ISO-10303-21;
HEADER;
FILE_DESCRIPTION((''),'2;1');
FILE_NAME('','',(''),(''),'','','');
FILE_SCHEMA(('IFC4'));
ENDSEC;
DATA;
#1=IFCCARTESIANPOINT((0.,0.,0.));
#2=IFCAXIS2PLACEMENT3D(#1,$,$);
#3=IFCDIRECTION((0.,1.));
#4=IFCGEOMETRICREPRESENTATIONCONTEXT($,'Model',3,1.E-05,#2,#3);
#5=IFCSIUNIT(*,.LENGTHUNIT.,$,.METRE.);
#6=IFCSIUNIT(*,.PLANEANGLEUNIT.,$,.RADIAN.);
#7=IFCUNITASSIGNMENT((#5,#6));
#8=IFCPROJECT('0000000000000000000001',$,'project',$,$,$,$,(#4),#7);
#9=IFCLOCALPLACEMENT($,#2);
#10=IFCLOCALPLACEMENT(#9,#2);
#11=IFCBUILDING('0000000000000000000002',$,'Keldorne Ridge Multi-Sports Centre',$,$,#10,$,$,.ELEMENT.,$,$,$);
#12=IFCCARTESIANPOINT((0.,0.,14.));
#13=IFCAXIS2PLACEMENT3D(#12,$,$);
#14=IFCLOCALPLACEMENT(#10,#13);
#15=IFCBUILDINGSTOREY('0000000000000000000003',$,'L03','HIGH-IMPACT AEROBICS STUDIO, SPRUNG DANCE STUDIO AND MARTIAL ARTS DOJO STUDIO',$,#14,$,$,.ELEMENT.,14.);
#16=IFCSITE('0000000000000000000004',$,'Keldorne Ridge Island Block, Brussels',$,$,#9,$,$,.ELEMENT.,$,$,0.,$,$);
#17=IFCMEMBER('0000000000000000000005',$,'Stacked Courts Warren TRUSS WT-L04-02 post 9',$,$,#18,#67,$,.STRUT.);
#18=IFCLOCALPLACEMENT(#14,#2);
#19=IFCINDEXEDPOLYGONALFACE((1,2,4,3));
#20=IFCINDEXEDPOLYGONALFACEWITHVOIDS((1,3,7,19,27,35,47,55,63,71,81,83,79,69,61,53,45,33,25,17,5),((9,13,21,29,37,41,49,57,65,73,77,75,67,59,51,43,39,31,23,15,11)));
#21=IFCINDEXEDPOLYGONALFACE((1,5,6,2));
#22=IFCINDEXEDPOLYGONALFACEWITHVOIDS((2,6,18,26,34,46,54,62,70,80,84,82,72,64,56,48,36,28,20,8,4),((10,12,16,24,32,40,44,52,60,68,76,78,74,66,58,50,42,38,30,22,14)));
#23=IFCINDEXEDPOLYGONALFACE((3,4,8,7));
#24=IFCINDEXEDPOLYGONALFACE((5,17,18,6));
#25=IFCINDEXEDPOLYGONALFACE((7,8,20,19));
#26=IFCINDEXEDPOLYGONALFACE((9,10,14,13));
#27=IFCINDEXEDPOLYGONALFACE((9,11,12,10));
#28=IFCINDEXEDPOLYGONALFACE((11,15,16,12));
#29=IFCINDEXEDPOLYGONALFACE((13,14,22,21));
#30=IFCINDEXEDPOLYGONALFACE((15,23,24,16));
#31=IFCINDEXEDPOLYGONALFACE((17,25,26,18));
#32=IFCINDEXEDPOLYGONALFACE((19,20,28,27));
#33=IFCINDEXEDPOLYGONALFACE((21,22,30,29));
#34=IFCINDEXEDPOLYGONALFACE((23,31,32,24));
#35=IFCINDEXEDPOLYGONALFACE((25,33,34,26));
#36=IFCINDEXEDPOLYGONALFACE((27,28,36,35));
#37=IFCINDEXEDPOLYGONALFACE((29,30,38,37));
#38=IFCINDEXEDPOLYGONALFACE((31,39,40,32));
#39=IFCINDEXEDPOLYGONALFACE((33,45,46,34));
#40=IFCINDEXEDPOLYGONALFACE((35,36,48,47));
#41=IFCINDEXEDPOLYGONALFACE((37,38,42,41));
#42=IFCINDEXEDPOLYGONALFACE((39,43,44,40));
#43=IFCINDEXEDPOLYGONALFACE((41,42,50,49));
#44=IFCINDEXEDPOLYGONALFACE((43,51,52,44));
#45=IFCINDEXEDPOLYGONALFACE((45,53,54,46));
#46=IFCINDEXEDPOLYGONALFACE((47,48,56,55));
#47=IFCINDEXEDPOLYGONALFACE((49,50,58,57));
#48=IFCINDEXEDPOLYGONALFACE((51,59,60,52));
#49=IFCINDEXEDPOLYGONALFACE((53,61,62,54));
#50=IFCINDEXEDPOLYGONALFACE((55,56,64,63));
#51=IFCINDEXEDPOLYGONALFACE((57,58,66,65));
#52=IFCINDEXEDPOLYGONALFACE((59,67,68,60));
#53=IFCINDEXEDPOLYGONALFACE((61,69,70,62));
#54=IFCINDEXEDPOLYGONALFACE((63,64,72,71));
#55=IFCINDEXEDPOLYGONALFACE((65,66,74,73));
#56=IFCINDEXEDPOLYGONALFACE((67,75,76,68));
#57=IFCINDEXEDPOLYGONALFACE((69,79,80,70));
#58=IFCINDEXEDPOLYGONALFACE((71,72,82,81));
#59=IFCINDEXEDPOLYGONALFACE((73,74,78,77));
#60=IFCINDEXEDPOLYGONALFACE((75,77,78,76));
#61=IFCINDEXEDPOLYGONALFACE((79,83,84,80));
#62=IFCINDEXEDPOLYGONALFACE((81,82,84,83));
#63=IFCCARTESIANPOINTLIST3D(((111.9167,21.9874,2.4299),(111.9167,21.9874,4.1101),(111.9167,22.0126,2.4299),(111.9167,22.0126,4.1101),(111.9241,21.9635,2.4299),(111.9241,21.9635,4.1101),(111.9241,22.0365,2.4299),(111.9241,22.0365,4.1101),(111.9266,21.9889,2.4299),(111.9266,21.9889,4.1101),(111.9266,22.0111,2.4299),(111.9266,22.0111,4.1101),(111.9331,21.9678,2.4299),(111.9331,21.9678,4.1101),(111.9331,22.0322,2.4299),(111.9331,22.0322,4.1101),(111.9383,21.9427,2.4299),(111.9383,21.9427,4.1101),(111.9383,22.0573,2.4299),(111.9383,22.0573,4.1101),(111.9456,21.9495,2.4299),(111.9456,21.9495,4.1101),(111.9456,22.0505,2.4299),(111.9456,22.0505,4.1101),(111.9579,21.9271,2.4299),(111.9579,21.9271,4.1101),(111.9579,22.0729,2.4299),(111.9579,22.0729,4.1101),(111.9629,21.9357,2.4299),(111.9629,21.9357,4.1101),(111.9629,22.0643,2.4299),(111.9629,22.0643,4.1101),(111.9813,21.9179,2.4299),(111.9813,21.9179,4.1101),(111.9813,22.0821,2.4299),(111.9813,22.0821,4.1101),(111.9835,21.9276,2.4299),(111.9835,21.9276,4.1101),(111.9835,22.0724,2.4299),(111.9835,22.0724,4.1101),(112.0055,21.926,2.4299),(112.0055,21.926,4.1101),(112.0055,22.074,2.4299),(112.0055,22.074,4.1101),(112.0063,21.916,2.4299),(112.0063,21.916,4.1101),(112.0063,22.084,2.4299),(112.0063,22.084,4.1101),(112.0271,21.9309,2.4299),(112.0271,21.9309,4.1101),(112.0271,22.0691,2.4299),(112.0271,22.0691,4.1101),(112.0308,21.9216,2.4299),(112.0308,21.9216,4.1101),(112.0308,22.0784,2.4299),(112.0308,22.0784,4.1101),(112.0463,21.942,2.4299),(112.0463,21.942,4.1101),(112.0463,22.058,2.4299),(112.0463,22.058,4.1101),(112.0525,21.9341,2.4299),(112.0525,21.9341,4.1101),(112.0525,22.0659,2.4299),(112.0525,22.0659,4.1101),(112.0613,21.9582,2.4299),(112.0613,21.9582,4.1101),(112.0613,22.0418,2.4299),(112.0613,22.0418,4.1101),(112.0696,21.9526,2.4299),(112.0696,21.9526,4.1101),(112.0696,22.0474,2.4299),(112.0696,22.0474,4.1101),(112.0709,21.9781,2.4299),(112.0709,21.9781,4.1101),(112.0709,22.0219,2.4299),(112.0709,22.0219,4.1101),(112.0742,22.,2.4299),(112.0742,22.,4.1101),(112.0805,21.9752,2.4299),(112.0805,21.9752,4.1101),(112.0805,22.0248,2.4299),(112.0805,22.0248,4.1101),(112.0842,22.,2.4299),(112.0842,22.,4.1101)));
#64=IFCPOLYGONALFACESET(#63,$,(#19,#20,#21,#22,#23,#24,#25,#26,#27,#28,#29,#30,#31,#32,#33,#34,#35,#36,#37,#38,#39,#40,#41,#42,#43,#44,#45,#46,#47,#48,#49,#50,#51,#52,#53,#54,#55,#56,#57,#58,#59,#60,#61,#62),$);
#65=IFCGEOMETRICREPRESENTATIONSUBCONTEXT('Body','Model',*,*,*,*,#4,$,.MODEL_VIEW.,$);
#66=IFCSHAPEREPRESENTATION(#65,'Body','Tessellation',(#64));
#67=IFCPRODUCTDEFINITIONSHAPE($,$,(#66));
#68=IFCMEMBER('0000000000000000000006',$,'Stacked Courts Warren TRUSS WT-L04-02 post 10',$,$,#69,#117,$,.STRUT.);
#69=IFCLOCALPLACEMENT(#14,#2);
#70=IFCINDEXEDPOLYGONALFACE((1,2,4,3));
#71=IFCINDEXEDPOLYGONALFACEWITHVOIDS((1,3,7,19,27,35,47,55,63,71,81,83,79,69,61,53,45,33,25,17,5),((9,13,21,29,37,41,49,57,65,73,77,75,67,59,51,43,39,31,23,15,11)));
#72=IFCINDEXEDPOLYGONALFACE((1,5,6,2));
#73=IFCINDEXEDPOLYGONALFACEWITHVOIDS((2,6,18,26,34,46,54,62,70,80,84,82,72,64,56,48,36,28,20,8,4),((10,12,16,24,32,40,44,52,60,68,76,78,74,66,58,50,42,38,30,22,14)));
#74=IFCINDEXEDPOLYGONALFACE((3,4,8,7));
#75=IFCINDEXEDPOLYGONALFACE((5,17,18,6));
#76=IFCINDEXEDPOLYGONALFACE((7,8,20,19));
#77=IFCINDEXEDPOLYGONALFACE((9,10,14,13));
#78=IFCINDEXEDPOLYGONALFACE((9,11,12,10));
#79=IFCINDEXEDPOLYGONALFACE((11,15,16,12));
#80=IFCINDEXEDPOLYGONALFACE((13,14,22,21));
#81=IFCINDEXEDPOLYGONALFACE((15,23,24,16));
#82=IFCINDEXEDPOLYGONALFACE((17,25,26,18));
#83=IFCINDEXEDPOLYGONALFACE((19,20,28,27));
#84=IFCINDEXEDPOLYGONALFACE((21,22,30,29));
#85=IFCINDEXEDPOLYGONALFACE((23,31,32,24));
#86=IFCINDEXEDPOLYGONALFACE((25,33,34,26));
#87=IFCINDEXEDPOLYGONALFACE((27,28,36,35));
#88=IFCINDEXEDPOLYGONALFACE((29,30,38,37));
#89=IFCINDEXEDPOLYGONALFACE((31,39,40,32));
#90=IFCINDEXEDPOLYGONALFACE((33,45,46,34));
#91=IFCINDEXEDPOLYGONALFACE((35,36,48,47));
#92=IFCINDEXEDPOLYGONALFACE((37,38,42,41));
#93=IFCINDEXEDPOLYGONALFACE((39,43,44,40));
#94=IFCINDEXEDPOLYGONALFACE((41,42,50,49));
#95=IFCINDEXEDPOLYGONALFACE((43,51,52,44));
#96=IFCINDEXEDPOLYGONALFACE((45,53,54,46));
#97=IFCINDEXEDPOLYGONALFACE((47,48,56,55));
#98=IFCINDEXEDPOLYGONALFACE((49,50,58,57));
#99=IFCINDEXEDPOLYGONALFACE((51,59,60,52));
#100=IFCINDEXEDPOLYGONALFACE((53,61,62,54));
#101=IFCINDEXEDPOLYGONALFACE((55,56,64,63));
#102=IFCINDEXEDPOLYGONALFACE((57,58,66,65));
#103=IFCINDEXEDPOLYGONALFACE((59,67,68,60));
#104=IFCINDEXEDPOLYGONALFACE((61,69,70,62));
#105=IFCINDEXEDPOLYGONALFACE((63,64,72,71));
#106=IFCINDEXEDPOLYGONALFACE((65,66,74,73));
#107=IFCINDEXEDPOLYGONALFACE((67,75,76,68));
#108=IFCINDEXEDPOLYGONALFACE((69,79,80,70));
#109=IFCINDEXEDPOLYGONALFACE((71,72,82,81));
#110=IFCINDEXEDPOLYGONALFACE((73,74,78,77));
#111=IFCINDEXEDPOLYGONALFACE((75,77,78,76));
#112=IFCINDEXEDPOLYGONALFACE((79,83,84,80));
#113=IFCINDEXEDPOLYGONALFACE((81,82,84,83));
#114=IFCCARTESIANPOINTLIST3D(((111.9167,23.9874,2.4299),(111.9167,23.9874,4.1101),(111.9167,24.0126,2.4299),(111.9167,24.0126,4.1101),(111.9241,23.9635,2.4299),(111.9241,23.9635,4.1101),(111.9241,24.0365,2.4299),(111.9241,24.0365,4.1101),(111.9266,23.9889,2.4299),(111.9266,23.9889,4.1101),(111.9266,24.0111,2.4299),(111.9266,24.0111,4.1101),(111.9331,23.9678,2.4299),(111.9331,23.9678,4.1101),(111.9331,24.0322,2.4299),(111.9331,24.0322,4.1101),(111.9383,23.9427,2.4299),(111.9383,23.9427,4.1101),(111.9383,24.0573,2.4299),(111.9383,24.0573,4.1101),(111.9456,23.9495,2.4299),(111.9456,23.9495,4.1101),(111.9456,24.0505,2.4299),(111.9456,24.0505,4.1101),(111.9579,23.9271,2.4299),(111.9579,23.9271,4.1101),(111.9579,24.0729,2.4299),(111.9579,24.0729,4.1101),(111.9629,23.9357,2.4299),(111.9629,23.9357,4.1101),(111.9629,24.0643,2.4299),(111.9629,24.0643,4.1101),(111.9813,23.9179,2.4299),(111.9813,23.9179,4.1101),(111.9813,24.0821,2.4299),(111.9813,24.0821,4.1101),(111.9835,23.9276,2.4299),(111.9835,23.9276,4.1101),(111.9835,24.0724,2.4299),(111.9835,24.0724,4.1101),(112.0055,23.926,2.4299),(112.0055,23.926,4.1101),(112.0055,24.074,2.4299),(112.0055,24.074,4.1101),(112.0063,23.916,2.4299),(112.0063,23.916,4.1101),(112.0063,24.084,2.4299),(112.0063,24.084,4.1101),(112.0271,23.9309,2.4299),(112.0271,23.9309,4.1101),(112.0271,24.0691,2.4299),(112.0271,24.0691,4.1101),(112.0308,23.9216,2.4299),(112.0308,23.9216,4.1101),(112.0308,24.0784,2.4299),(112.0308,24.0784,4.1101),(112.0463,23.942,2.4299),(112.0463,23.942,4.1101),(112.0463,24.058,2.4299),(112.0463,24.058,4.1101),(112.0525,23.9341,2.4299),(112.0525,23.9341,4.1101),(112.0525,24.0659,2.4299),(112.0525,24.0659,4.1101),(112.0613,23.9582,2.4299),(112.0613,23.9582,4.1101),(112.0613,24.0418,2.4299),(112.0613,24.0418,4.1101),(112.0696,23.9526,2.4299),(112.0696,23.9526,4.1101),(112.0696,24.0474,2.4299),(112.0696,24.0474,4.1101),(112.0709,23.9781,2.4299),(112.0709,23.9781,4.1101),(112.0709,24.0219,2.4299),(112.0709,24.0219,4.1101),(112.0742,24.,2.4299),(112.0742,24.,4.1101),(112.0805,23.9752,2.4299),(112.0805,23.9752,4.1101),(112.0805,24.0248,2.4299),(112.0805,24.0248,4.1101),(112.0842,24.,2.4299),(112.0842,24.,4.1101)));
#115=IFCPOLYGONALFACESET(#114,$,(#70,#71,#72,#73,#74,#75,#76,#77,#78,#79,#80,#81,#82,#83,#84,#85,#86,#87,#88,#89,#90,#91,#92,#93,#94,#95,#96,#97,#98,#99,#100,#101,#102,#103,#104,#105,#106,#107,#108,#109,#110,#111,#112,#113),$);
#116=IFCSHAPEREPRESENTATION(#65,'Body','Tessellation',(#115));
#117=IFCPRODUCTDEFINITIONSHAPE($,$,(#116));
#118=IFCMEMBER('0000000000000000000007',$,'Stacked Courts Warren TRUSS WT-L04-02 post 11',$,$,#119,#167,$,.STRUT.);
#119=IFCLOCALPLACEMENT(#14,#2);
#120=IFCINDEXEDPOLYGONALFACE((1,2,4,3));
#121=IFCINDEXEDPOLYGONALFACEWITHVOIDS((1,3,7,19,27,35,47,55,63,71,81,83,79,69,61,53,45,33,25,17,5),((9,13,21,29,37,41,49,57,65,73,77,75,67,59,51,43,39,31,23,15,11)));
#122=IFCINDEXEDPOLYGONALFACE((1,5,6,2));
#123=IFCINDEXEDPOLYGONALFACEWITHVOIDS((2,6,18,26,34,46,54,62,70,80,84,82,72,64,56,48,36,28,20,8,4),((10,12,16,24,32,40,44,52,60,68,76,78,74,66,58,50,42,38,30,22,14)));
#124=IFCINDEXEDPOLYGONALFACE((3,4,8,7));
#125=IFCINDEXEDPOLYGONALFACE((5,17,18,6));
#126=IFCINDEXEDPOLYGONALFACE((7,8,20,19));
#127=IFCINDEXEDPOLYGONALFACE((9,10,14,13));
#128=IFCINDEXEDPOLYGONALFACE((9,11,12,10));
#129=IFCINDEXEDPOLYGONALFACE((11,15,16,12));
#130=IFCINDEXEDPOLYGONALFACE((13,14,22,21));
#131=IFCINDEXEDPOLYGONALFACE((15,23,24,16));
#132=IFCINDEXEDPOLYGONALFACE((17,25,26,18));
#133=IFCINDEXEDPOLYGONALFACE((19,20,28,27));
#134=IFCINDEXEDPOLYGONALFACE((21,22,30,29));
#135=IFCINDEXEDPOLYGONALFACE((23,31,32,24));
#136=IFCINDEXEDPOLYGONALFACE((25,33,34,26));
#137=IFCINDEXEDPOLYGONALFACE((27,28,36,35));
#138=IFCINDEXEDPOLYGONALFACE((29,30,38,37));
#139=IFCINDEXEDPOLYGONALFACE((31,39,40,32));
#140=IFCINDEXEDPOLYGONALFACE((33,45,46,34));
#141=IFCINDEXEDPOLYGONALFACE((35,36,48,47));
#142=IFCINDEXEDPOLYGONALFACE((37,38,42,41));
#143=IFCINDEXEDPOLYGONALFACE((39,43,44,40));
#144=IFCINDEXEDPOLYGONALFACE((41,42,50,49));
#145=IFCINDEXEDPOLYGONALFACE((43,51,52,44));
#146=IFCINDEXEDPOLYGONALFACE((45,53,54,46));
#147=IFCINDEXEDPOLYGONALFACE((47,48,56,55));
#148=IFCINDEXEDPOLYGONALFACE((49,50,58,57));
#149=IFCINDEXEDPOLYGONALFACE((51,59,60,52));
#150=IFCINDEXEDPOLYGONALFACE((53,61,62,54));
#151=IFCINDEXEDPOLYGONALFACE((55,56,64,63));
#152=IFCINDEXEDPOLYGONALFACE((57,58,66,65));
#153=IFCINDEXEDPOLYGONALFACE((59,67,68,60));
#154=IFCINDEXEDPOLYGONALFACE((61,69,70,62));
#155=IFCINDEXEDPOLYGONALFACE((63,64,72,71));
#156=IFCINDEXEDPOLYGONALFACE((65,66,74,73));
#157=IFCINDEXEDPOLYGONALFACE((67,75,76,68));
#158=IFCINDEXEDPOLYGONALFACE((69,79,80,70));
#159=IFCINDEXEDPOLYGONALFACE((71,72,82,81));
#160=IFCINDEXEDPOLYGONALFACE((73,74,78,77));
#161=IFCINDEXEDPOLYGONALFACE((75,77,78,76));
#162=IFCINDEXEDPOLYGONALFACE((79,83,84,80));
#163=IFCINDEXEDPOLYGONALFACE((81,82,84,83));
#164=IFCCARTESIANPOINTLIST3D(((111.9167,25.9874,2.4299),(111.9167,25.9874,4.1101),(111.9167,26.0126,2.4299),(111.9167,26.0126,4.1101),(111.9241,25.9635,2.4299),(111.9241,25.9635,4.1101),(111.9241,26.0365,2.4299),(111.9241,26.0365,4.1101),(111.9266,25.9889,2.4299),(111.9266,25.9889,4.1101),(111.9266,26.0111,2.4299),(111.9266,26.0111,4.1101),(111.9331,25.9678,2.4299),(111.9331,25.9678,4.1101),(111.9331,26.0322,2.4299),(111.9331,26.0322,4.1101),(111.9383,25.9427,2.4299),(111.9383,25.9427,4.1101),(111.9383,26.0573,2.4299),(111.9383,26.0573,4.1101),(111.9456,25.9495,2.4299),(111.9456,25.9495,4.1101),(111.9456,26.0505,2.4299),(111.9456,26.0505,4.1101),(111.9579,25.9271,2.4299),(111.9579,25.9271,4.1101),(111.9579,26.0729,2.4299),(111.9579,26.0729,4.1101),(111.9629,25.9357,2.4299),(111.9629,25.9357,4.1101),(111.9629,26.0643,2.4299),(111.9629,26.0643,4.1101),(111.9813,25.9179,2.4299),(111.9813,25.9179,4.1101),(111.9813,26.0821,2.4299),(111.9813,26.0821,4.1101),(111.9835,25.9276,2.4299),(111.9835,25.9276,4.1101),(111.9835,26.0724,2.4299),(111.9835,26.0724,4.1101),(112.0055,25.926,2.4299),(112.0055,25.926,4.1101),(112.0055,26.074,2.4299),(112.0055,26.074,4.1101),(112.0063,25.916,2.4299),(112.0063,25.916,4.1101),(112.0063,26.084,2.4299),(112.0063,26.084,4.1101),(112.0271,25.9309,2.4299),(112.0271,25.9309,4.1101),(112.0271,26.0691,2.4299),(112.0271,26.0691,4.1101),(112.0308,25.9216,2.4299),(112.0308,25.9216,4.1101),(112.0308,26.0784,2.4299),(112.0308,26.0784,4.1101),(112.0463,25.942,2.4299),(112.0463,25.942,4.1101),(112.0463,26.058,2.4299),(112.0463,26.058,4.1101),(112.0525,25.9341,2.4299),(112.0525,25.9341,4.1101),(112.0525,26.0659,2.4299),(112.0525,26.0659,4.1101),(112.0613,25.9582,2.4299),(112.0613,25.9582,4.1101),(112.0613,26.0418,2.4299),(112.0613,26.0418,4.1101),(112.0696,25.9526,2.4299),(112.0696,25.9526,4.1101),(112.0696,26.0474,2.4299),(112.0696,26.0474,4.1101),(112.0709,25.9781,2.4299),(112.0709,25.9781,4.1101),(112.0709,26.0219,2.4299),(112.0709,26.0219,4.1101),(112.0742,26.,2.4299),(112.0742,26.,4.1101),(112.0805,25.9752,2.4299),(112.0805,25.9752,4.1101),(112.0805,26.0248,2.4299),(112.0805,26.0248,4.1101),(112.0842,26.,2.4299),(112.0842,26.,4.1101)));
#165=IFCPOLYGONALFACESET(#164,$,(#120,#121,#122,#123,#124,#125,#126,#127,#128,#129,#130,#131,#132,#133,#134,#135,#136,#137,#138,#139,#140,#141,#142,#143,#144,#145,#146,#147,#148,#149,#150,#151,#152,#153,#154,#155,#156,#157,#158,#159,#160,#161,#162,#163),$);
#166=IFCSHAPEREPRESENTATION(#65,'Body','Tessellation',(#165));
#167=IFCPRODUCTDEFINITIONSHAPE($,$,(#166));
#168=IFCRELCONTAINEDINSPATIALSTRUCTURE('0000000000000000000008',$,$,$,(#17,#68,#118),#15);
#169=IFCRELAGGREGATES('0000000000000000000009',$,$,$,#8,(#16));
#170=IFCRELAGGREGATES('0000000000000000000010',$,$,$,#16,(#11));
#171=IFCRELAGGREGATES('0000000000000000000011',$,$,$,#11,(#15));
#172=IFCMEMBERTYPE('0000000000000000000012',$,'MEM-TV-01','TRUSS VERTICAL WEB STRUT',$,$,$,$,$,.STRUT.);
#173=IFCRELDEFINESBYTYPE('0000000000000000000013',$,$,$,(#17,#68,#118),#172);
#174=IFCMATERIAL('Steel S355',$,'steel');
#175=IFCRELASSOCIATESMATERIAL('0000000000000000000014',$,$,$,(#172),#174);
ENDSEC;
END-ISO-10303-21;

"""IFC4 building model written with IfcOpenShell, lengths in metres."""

from ifc_helpers import new_model, si_unit, direction, frame, origin, origin_2d, place, context, subcontext, project, spatial, hollow_circle, extrude, material, material_profile, profile_set, type_object, element, save


model = new_model("IFC4")

# Units and contexts
model_context = context("Model", 3, precision=1e-05, world=origin(), true_north=direction((0.0, 1.0)))
body_context = subcontext(model_context, "Body", "Model", "MODEL_VIEW")
ifc_project = project(units=[si_unit("LENGTHUNIT", "METRE"), si_unit("PLANEANGLEUNIT", "RADIAN")], contexts=[model_context])

# Site, building, storey
site_placement = place(None, origin())
site = spatial("IfcSite", under=ifc_project, at=site_placement, Name="Keldorne Ridge Island Block, Brussels", CompositionType="ELEMENT", RefElevation=0.0)
building_placement = place(site_placement, origin())
building = spatial("IfcBuilding", under=site, at=building_placement, Name="Keldorne Ridge Multi-Sports Centre", CompositionType="ELEMENT")
storey_placement = place(building_placement, frame((0.0, 0.0, 14.0)))
storey = spatial("IfcBuildingStorey", under=building, at=storey_placement, Name="L03", Description="HIGH-IMPACT AEROBICS STUDIO, SPRUNG DANCE STUDIO AND MARTIAL ARTS DOJO STUDIO", CompositionType="ELEMENT", Elevation=14.0)

# Members
ifc_material = material(Name="Steel S355", Category="steel")
ifc_material_profile_1 = material_profile(ifc_material, hollow_circle(Radius=0.0842, WallThickness=0.01, at=origin_2d()), Name="CHS 168.3x10")
ifc_profile_set_1 = profile_set([ifc_material_profile_1], Name="Steel S355")
member_type_1 = type_object("IfcMemberType", Name="MEM-TV-01", Description="TRUSS VERTICAL WEB STRUT", PredefinedType="STRUT", material=ifc_profile_set_1)
for number, where, z_axis, x_axis, name in (
    (1, (112.0, 22.0, 2.4299), (0.0, 0.0, 1.0), (1.0, 0.0, 0.0), "Stacked Courts Warren TRUSS WT-L04-02 post 9"),
    (2, (112.0, 24.0, 2.4299), (0.0, 0.0, 1.0), (1.0, 0.0, 0.0), "Stacked Courts Warren TRUSS WT-L04-02 post 10"),
    (3, (112.0, 26.0, 2.4299), (0.0, 0.0, 1.0), (1.0, 0.0, 0.0), "Stacked Courts Warren TRUSS WT-L04-02 post 11"),
):
    element("IfcMember", number, at=place(storey_placement, frame(where, z_axis=z_axis, x_axis=x_axis)), inside=storey, type_object=member_type_1, Name=name, PredefinedType="STRUT", context=body_context, shape_type="SweptSolid", body=[
        extrude(hollow_circle(Radius=0.0842, WallThickness=0.01, at=origin_2d()), origin(), (0.0, 0.0, 1.0), 1.6802),
    ])

save(model, "model.ifc")
